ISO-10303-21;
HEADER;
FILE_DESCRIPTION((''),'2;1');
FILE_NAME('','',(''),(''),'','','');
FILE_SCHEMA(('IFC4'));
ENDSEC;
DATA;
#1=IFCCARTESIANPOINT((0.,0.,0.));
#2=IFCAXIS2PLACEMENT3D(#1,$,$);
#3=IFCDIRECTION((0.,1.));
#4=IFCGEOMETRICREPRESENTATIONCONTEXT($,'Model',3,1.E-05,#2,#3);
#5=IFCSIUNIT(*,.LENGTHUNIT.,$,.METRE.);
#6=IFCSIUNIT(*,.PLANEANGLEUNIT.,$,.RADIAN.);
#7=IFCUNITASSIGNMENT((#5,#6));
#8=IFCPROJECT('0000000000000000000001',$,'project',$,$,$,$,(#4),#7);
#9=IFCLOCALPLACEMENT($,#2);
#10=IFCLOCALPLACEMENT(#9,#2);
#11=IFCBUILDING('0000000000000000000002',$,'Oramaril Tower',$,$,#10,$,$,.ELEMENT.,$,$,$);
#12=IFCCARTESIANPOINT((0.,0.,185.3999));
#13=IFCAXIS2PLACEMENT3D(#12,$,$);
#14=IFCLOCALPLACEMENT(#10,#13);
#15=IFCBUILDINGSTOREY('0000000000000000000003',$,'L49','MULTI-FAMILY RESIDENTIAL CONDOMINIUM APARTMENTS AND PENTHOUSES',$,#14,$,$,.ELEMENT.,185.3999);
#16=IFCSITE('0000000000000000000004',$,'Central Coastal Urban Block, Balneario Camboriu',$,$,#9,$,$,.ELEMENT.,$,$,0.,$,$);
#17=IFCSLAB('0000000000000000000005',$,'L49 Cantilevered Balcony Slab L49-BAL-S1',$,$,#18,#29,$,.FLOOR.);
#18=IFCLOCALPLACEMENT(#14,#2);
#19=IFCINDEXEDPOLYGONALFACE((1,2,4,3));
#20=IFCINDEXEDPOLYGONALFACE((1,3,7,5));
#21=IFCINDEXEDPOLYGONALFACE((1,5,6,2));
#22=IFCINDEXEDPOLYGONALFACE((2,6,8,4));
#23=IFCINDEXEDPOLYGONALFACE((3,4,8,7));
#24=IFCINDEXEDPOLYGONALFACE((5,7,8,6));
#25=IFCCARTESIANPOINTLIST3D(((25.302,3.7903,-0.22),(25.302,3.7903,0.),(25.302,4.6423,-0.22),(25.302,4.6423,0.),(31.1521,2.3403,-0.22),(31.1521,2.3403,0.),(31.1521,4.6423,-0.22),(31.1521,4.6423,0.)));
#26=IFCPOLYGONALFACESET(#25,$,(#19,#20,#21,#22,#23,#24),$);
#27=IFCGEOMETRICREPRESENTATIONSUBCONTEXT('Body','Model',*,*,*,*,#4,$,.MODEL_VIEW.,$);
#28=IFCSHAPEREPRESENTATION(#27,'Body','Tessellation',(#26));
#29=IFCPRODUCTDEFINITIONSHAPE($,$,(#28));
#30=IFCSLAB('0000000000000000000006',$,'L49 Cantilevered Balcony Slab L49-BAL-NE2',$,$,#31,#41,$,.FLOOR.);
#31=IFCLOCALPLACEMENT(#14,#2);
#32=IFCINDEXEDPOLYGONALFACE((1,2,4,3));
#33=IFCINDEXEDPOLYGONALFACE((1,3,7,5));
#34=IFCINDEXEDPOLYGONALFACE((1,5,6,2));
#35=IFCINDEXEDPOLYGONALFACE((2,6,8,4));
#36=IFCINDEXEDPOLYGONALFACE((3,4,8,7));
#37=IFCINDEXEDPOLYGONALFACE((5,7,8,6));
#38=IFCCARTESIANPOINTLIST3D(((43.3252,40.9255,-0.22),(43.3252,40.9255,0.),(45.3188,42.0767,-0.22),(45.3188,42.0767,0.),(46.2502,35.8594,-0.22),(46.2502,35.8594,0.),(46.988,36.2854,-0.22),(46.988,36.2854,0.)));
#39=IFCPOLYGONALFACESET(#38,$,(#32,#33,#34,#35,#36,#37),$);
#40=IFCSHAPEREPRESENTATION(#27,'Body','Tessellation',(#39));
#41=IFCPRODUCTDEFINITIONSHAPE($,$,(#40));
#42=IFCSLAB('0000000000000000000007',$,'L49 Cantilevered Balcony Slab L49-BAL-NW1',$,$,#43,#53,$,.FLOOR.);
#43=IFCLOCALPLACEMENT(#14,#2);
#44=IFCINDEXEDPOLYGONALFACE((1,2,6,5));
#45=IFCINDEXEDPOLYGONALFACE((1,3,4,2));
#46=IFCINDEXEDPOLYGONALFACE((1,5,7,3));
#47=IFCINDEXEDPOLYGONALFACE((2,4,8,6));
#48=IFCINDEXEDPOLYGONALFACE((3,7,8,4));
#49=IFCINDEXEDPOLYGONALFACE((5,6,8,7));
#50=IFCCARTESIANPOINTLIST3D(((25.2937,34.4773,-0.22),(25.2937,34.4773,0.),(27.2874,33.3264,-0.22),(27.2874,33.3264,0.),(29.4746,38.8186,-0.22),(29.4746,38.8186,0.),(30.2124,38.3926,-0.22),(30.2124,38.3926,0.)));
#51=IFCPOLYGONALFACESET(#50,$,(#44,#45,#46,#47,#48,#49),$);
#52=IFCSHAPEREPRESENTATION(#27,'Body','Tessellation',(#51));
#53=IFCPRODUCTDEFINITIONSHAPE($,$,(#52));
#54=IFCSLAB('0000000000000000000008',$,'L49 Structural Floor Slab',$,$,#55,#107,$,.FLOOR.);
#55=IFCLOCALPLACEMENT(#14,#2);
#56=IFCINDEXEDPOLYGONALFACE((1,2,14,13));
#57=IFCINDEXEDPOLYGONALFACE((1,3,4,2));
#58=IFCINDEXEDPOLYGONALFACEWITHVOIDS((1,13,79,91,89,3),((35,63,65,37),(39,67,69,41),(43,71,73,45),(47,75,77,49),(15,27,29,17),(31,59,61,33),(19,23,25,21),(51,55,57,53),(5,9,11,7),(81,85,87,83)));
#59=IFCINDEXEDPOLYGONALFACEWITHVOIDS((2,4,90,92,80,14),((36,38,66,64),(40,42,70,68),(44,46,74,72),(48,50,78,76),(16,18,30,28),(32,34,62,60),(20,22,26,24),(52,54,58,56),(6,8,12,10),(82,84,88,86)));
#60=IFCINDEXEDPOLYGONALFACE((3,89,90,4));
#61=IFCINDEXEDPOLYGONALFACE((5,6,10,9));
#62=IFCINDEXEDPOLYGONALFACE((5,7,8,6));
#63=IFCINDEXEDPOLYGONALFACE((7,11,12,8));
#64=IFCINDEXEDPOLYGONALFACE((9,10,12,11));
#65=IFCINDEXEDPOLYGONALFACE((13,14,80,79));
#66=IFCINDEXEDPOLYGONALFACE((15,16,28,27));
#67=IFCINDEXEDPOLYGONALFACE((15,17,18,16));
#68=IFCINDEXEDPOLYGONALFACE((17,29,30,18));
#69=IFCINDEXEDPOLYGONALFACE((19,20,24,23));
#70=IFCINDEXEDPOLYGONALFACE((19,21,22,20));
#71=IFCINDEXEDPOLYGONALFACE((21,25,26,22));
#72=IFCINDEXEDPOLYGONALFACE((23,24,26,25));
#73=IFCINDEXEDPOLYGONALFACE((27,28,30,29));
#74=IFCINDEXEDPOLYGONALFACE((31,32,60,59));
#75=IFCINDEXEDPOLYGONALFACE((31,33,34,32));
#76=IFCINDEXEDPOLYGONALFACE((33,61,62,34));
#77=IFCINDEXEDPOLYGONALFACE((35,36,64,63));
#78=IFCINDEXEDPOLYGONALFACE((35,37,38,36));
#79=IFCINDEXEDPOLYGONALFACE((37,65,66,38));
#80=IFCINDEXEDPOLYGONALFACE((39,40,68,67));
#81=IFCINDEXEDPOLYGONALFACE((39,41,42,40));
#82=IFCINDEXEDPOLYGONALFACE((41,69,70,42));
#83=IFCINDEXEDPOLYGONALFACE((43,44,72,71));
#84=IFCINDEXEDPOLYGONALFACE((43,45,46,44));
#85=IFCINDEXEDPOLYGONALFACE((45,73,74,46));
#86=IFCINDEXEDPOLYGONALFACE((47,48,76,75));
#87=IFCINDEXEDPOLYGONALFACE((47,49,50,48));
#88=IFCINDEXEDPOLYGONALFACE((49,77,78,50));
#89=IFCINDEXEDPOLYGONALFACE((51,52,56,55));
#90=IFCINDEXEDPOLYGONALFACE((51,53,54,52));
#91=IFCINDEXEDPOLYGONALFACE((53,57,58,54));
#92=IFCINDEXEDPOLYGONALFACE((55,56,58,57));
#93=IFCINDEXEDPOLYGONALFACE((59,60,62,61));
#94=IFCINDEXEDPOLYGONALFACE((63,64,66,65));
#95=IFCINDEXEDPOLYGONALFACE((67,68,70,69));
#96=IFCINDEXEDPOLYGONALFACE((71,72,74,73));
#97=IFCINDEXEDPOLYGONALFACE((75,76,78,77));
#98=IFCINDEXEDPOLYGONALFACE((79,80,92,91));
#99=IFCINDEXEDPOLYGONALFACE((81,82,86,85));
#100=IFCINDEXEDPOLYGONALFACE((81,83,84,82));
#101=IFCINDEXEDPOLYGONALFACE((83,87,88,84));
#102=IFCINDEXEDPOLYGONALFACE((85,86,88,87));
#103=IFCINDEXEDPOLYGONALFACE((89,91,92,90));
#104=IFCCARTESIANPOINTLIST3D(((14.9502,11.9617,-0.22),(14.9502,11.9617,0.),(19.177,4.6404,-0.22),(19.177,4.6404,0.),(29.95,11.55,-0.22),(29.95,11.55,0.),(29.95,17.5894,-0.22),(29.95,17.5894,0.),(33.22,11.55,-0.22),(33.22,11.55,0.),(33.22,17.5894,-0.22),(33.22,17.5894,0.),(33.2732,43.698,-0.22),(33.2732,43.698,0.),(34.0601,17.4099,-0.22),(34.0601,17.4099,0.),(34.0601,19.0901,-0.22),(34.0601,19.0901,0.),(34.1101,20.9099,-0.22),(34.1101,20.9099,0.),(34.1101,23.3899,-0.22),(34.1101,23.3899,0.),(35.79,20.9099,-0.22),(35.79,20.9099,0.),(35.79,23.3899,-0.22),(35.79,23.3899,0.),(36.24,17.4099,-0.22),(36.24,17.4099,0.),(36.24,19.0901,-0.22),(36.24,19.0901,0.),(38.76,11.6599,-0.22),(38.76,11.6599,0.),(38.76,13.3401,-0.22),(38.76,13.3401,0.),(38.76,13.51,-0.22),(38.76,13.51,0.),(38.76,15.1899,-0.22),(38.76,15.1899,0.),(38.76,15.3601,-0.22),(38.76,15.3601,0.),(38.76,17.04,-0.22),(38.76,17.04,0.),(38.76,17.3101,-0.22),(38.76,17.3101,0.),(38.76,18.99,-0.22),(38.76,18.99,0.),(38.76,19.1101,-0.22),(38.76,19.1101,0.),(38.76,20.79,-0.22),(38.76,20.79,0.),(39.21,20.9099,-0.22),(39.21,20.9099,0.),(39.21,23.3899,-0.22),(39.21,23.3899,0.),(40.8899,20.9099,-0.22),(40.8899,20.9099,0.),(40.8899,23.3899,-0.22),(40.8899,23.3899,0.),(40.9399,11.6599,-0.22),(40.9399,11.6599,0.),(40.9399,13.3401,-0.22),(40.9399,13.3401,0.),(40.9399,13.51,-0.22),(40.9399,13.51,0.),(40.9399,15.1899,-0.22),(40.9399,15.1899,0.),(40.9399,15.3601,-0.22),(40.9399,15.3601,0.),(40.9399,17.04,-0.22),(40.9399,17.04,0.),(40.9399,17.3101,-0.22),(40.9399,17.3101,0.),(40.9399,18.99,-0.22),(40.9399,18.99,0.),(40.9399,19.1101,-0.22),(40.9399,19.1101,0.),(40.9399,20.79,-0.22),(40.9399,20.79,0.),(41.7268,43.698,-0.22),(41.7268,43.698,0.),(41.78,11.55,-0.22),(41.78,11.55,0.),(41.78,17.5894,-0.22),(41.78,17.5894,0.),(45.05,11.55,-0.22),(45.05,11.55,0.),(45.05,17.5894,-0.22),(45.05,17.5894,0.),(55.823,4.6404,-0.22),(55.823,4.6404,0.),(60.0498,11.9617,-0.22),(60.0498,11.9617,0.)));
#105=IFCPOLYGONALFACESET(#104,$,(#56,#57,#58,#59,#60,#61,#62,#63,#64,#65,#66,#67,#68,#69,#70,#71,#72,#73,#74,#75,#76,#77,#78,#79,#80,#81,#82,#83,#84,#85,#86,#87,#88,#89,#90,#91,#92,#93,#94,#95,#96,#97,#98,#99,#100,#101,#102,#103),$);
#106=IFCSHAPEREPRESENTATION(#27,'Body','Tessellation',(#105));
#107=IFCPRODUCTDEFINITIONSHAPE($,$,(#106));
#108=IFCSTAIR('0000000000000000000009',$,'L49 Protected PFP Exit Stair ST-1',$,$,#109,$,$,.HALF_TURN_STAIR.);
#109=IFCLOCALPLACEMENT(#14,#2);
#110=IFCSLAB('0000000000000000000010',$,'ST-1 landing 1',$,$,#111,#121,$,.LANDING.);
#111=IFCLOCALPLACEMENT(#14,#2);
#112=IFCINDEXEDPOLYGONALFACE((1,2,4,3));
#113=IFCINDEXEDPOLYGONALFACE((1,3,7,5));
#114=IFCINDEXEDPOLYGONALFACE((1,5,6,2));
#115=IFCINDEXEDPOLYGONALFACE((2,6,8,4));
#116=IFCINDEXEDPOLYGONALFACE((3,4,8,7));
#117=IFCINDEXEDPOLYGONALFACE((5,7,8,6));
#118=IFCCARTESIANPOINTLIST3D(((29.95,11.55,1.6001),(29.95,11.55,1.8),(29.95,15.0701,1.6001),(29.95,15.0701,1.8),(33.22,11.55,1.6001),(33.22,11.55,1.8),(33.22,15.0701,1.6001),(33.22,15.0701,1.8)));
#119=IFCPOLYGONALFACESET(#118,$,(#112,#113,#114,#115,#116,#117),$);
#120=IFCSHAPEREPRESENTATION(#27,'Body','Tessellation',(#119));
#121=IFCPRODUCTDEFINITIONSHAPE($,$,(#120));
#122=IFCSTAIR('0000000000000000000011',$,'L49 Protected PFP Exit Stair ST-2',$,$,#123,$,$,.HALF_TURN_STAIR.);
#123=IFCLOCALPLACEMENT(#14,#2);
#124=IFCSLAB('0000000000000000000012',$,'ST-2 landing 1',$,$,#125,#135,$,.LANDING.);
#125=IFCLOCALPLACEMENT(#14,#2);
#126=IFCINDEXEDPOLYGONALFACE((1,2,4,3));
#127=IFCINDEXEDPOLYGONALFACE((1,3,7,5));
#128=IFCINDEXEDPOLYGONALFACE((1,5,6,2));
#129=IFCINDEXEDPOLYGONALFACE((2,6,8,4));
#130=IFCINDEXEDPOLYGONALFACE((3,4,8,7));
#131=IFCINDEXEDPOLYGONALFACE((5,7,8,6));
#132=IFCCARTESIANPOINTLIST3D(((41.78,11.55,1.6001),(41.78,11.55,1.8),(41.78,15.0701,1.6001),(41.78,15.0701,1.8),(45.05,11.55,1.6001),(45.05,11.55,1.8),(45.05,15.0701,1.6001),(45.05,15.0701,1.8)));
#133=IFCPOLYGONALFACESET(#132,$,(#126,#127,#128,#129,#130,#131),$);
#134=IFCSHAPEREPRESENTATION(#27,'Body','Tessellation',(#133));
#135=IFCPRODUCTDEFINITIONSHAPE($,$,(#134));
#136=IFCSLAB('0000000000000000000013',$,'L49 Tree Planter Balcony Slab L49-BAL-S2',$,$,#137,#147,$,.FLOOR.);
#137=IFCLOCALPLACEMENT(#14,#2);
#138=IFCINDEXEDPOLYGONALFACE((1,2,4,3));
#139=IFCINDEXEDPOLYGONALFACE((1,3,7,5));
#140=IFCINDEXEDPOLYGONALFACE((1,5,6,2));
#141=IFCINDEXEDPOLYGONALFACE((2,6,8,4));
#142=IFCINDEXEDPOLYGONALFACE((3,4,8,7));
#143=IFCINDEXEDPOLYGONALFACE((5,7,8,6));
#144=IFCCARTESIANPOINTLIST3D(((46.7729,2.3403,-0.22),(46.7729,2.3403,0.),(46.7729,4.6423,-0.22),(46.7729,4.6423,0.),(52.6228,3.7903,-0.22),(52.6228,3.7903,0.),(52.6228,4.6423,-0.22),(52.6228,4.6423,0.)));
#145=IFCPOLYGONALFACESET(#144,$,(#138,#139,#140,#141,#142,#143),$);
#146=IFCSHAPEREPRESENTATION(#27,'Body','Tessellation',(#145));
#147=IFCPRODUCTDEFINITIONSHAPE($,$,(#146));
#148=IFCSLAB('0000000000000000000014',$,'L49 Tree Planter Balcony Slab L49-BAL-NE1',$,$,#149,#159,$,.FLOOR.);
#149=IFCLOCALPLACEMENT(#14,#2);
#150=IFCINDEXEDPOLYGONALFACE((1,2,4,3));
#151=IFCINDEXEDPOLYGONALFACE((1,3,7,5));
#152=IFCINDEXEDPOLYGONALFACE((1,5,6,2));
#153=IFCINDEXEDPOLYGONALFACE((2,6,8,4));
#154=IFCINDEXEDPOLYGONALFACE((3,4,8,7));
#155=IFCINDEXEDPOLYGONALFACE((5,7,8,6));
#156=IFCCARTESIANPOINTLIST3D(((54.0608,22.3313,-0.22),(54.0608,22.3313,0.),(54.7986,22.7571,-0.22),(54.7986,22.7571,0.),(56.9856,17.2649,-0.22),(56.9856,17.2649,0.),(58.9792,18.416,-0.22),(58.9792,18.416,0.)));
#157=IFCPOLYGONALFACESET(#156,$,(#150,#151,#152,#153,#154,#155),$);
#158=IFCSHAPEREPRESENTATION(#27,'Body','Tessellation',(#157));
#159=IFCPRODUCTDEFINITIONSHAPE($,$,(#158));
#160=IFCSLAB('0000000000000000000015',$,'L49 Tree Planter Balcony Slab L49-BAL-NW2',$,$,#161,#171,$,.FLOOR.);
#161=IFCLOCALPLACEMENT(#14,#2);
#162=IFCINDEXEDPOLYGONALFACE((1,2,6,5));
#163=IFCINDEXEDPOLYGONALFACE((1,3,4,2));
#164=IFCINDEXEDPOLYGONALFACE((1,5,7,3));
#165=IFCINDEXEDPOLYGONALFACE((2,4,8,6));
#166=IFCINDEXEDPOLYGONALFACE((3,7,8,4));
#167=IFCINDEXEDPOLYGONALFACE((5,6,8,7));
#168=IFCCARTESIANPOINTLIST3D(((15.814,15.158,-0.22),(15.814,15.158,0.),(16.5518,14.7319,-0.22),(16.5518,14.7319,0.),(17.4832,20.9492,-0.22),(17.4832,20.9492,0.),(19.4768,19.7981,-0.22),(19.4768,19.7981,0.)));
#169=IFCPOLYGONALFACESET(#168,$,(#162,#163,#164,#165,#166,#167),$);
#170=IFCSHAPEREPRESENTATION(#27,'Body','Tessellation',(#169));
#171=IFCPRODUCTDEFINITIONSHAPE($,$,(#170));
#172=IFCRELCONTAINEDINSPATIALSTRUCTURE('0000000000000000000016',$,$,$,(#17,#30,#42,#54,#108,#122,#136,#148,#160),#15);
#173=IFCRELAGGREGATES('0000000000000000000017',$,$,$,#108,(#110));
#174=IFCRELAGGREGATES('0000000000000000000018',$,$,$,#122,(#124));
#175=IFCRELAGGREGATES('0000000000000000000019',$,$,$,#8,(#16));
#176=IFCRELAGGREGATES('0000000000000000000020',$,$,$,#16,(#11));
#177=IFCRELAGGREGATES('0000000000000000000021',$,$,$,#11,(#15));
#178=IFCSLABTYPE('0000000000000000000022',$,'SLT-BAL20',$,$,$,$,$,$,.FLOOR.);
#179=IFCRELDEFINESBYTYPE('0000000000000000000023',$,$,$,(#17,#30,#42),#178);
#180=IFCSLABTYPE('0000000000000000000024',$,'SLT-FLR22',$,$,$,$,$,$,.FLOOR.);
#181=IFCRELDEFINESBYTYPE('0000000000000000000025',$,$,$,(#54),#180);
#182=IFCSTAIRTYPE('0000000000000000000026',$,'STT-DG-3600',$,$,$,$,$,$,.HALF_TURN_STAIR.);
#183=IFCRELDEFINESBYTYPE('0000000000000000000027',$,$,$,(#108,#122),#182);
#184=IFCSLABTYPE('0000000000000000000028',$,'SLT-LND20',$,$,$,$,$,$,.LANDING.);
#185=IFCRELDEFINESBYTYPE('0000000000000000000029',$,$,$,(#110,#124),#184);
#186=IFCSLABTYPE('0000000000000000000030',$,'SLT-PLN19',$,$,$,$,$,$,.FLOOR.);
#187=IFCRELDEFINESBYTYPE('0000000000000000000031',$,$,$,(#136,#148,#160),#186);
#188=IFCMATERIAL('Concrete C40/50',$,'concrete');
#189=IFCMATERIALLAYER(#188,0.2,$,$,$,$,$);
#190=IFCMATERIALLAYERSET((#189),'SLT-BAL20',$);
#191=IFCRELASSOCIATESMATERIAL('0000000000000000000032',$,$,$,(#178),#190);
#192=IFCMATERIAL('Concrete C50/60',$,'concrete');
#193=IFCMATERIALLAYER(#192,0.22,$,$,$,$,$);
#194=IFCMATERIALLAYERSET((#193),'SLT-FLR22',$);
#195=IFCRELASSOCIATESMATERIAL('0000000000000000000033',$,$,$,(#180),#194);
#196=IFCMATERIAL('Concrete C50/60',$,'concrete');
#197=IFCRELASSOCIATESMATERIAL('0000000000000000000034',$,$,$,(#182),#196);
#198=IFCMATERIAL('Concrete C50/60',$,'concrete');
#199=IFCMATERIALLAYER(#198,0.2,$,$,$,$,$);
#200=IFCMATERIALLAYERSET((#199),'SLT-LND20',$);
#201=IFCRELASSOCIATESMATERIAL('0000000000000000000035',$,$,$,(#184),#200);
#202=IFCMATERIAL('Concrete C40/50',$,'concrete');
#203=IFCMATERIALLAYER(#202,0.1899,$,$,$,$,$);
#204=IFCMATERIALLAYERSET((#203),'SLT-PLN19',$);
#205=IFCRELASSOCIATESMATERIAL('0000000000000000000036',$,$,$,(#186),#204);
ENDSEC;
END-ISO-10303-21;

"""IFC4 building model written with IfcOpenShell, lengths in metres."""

from ifc_helpers import new_model, si_unit, direction, frame, origin, place, context, subcontext, project, spatial, polyline, outline, extrude, material, layer, layer_set, type_object, element, aggregate, save


model = new_model("IFC4")

# Units and contexts
model_context = context("Model", 3, precision=1e-05, world=origin(), true_north=direction((0.0, 1.0)))
body_context = subcontext(model_context, "Body", "Model", "MODEL_VIEW")
ifc_project = project(units=[si_unit("LENGTHUNIT", "METRE"), si_unit("PLANEANGLEUNIT", "RADIAN")], contexts=[model_context])

# Site, building, storey
site_placement = place(None, origin())
site = spatial("IfcSite", under=ifc_project, at=site_placement, Name="Central Coastal Urban Block, Balneario Camboriu", CompositionType="ELEMENT", RefElevation=0.0)
building_placement = place(site_placement, origin())
building = spatial("IfcBuilding", under=site, at=building_placement, Name="Oramaril Tower", CompositionType="ELEMENT")
storey_placement = place(building_placement, frame((0.0, 0.0, 185.3999)))
storey = spatial("IfcBuildingStorey", under=building, at=storey_placement, Name="L49", Description="MULTI-FAMILY RESIDENTIAL CONDOMINIUM APARTMENTS AND PENTHOUSES", CompositionType="ELEMENT", Elevation=185.3999)

# Slabs
ifc_material_1 = material(Name="Concrete C40/50", Category="concrete")
ifc_layer_1 = layer(ifc_material_1, 0.2)
ifc_layer_set_1 = layer_set([ifc_layer_1], Name="SLT-BAL20")
slab_type_1 = type_object("IfcSlabType", Name="SLT-BAL20", PredefinedType="FLOOR", material=ifc_layer_set_1)
slab_1_placement = place(storey_placement, frame((0.0, 0.0, -0.22)))
element("IfcSlab", 1, at=slab_1_placement, inside=storey, type_object=slab_type_1, Name="L49 Cantilevered Balcony Slab L49-BAL-S1", PredefinedType="FLOOR", context=body_context, shape_type="SweptSolid", body=[
    extrude(outline(polyline([(25.302, 4.6423), (31.1521, 4.6423), (31.1521, 2.3403), (25.302, 3.7903), (25.302, 4.6423)])), origin(), (0.0, 0.0, 1.0), 0.22),
])
slab_2_placement = place(storey_placement, frame((0.0, 0.0, -0.22)))
element("IfcSlab", 2, at=slab_2_placement, inside=storey, type_object=slab_type_1, Name="L49 Cantilevered Balcony Slab L49-BAL-NE2", PredefinedType="FLOOR", context=body_context, shape_type="SweptSolid", body=[
    extrude(outline(polyline([(46.2502, 35.8594), (43.3252, 40.9255), (45.3188, 42.0767), (46.988, 36.2854), (46.2502, 35.8594)])), origin(), (0.0, 0.0, 1.0), 0.22),
])
slab_3_placement = place(storey_placement, frame((0.0, 0.0, -0.22)))
element("IfcSlab", 3, at=slab_3_placement, inside=storey, type_object=slab_type_1, Name="L49 Cantilevered Balcony Slab L49-BAL-NW1", PredefinedType="FLOOR", context=body_context, shape_type="SweptSolid", body=[
    extrude(outline(polyline([(30.2124, 38.3926), (27.2874, 33.3264), (25.2937, 34.4773), (29.4746, 38.8186), (30.2124, 38.3926)])), origin(), (0.0, 0.0, 1.0), 0.22),
])
ifc_material_2 = material(Name="Concrete C50/60", Category="concrete")
ifc_layer_2 = layer(ifc_material_2, 0.22)
ifc_layer_set_2 = layer_set([ifc_layer_2], Name="SLT-FLR22")
slab_type_2 = type_object("IfcSlabType", Name="SLT-FLR22", PredefinedType="FLOOR", material=ifc_layer_set_2)
slab_4_placement = place(storey_placement, frame((0.0, 0.0, -0.22)))
element("IfcSlab", 4, at=slab_4_placement, inside=storey, type_object=slab_type_2, Name="L49 Structural Floor Slab", PredefinedType="FLOOR", context=body_context, shape_type="SweptSolid", body=[
    extrude(outline(polyline([(14.9502, 11.9617), (19.177, 4.6404), (55.823, 4.6404), (60.0498, 11.9617), (41.7268, 43.698), (33.2732, 43.698), (14.9502, 11.9617)]), holes=[polyline([(29.95, 17.5894), (29.95, 11.55), (33.22, 11.55), (33.22, 17.5894), (29.95, 17.5894)]), polyline([(41.78, 17.5894), (41.78, 11.55), (45.05, 11.55), (45.05, 17.5894), (41.78, 17.5894)]), polyline([(34.1101, 20.9099), (35.79, 20.9099), (35.79, 23.3899), (34.1101, 23.3899), (34.1101, 20.9099)]), polyline([(39.21, 20.9099), (40.8899, 20.9099), (40.8899, 23.3899), (39.21, 23.3899), (39.21, 20.9099)]), polyline([(38.76, 11.6599), (40.9399, 11.6599), (40.9399, 13.3401), (38.76, 13.3401), (38.76, 11.6599)]), polyline([(38.76, 13.51), (40.9399, 13.51), (40.9399, 15.1899), (38.76, 15.1899), (38.76, 13.51)]), polyline([(38.76, 15.3601), (40.9399, 15.3601), (40.9399, 17.04), (38.76, 17.04), (38.76, 15.3601)]), polyline([(34.0601, 17.4099), (36.24, 17.4099), (36.24, 19.0901), (34.0601, 19.0901), (34.0601, 17.4099)]), polyline([(38.76, 17.3101), (40.9399, 17.3101), (40.9399, 18.99), (38.76, 18.99), (38.76, 17.3101)]), polyline([(38.76, 19.1101), (40.9399, 19.1101), (40.9399, 20.79), (38.76, 20.79), (38.76, 19.1101)])]), origin(), (0.0, 0.0, 1.0), 0.22),
])

# Stairs, slabs
ifc_material_3 = material(Name="Concrete C50/60", Category="concrete")
stair_type = type_object("IfcStairType", Name="STT-DG-3600", PredefinedType="HALF_TURN_STAIR", material=ifc_material_3)
stair_1_placement = place(storey_placement, origin())
stair_1 = element("IfcStair", 5, at=stair_1_placement, inside=storey, type_object=stair_type, Name="L49 Protected PFP Exit Stair ST-1", PredefinedType="HALF_TURN_STAIR")
ifc_material_4 = material(Name="Concrete C50/60", Category="concrete")
ifc_layer_3 = layer(ifc_material_4, 0.2)
ifc_layer_set_3 = layer_set([ifc_layer_3], Name="SLT-LND20")
slab_type_3 = type_object("IfcSlabType", Name="SLT-LND20", PredefinedType="LANDING", material=ifc_layer_set_3)
slab_5_placement = place(storey_placement, frame((0.0, 0.0, 1.6001)))
slab_5 = element("IfcSlab", 6, at=slab_5_placement, type_object=slab_type_3, Name="ST-1 landing 1", PredefinedType="LANDING", context=body_context, shape_type="SweptSolid", body=[
    extrude(outline(polyline([(29.95, 15.0701), (29.95, 11.55), (33.22, 11.55), (33.22, 15.0701), (29.95, 15.0701)])), origin(), (0.0, 0.0, 1.0), 0.2),
])
aggregate(stair_1, [slab_5])
stair_2_placement = place(storey_placement, origin())
stair_2 = element("IfcStair", 7, at=stair_2_placement, inside=storey, type_object=stair_type, Name="L49 Protected PFP Exit Stair ST-2", PredefinedType="HALF_TURN_STAIR")
slab_6_placement = place(storey_placement, frame((0.0, 0.0, 1.6001)))
slab_6 = element("IfcSlab", 8, at=slab_6_placement, type_object=slab_type_3, Name="ST-2 landing 1", PredefinedType="LANDING", context=body_context, shape_type="SweptSolid", body=[
    extrude(outline(polyline([(41.78, 15.0701), (41.78, 11.55), (45.05, 11.55), (45.05, 15.0701), (41.78, 15.0701)])), origin(), (0.0, 0.0, 1.0), 0.2),
])
aggregate(stair_2, [slab_6])

# Slabs
ifc_material_5 = material(Name="Concrete C40/50", Category="concrete")
ifc_layer_4 = layer(ifc_material_5, 0.1899)
ifc_layer_set_4 = layer_set([ifc_layer_4], Name="SLT-PLN19")
slab_type_4 = type_object("IfcSlabType", Name="SLT-PLN19", PredefinedType="FLOOR", material=ifc_layer_set_4)
slab_7_placement = place(storey_placement, frame((0.0, 0.0, -0.22)))
element("IfcSlab", 9, at=slab_7_placement, inside=storey, type_object=slab_type_4, Name="L49 Tree Planter Balcony Slab L49-BAL-S2", PredefinedType="FLOOR", context=body_context, shape_type="SweptSolid", body=[
    extrude(outline(polyline([(46.7729, 4.6423), (52.6228, 4.6423), (52.6228, 3.7903), (46.7729, 2.3403), (46.7729, 4.6423)])), origin(), (0.0, 0.0, 1.0), 0.22),
])
slab_8_placement = place(storey_placement, frame((0.0, 0.0, -0.22)))
element("IfcSlab", 10, at=slab_8_placement, inside=storey, type_object=slab_type_4, Name="L49 Tree Planter Balcony Slab L49-BAL-NE1", PredefinedType="FLOOR", context=body_context, shape_type="SweptSolid", body=[
    extrude(outline(polyline([(56.9856, 17.2649), (54.0608, 22.3313), (54.7986, 22.7571), (58.9792, 18.416), (56.9856, 17.2649)])), origin(), (0.0, 0.0, 1.0), 0.22),
])
slab_9_placement = place(storey_placement, frame((0.0, 0.0, -0.22)))
element("IfcSlab", 11, at=slab_9_placement, inside=storey, type_object=slab_type_4, Name="L49 Tree Planter Balcony Slab L49-BAL-NW2", PredefinedType="FLOOR", context=body_context, shape_type="SweptSolid", body=[
    extrude(outline(polyline([(19.4768, 19.7981), (16.5518, 14.7319), (15.814, 15.158), (17.4832, 20.9492), (19.4768, 19.7981)])), origin(), (0.0, 0.0, 1.0), 0.22),
])

save(model, "model.ifc")
